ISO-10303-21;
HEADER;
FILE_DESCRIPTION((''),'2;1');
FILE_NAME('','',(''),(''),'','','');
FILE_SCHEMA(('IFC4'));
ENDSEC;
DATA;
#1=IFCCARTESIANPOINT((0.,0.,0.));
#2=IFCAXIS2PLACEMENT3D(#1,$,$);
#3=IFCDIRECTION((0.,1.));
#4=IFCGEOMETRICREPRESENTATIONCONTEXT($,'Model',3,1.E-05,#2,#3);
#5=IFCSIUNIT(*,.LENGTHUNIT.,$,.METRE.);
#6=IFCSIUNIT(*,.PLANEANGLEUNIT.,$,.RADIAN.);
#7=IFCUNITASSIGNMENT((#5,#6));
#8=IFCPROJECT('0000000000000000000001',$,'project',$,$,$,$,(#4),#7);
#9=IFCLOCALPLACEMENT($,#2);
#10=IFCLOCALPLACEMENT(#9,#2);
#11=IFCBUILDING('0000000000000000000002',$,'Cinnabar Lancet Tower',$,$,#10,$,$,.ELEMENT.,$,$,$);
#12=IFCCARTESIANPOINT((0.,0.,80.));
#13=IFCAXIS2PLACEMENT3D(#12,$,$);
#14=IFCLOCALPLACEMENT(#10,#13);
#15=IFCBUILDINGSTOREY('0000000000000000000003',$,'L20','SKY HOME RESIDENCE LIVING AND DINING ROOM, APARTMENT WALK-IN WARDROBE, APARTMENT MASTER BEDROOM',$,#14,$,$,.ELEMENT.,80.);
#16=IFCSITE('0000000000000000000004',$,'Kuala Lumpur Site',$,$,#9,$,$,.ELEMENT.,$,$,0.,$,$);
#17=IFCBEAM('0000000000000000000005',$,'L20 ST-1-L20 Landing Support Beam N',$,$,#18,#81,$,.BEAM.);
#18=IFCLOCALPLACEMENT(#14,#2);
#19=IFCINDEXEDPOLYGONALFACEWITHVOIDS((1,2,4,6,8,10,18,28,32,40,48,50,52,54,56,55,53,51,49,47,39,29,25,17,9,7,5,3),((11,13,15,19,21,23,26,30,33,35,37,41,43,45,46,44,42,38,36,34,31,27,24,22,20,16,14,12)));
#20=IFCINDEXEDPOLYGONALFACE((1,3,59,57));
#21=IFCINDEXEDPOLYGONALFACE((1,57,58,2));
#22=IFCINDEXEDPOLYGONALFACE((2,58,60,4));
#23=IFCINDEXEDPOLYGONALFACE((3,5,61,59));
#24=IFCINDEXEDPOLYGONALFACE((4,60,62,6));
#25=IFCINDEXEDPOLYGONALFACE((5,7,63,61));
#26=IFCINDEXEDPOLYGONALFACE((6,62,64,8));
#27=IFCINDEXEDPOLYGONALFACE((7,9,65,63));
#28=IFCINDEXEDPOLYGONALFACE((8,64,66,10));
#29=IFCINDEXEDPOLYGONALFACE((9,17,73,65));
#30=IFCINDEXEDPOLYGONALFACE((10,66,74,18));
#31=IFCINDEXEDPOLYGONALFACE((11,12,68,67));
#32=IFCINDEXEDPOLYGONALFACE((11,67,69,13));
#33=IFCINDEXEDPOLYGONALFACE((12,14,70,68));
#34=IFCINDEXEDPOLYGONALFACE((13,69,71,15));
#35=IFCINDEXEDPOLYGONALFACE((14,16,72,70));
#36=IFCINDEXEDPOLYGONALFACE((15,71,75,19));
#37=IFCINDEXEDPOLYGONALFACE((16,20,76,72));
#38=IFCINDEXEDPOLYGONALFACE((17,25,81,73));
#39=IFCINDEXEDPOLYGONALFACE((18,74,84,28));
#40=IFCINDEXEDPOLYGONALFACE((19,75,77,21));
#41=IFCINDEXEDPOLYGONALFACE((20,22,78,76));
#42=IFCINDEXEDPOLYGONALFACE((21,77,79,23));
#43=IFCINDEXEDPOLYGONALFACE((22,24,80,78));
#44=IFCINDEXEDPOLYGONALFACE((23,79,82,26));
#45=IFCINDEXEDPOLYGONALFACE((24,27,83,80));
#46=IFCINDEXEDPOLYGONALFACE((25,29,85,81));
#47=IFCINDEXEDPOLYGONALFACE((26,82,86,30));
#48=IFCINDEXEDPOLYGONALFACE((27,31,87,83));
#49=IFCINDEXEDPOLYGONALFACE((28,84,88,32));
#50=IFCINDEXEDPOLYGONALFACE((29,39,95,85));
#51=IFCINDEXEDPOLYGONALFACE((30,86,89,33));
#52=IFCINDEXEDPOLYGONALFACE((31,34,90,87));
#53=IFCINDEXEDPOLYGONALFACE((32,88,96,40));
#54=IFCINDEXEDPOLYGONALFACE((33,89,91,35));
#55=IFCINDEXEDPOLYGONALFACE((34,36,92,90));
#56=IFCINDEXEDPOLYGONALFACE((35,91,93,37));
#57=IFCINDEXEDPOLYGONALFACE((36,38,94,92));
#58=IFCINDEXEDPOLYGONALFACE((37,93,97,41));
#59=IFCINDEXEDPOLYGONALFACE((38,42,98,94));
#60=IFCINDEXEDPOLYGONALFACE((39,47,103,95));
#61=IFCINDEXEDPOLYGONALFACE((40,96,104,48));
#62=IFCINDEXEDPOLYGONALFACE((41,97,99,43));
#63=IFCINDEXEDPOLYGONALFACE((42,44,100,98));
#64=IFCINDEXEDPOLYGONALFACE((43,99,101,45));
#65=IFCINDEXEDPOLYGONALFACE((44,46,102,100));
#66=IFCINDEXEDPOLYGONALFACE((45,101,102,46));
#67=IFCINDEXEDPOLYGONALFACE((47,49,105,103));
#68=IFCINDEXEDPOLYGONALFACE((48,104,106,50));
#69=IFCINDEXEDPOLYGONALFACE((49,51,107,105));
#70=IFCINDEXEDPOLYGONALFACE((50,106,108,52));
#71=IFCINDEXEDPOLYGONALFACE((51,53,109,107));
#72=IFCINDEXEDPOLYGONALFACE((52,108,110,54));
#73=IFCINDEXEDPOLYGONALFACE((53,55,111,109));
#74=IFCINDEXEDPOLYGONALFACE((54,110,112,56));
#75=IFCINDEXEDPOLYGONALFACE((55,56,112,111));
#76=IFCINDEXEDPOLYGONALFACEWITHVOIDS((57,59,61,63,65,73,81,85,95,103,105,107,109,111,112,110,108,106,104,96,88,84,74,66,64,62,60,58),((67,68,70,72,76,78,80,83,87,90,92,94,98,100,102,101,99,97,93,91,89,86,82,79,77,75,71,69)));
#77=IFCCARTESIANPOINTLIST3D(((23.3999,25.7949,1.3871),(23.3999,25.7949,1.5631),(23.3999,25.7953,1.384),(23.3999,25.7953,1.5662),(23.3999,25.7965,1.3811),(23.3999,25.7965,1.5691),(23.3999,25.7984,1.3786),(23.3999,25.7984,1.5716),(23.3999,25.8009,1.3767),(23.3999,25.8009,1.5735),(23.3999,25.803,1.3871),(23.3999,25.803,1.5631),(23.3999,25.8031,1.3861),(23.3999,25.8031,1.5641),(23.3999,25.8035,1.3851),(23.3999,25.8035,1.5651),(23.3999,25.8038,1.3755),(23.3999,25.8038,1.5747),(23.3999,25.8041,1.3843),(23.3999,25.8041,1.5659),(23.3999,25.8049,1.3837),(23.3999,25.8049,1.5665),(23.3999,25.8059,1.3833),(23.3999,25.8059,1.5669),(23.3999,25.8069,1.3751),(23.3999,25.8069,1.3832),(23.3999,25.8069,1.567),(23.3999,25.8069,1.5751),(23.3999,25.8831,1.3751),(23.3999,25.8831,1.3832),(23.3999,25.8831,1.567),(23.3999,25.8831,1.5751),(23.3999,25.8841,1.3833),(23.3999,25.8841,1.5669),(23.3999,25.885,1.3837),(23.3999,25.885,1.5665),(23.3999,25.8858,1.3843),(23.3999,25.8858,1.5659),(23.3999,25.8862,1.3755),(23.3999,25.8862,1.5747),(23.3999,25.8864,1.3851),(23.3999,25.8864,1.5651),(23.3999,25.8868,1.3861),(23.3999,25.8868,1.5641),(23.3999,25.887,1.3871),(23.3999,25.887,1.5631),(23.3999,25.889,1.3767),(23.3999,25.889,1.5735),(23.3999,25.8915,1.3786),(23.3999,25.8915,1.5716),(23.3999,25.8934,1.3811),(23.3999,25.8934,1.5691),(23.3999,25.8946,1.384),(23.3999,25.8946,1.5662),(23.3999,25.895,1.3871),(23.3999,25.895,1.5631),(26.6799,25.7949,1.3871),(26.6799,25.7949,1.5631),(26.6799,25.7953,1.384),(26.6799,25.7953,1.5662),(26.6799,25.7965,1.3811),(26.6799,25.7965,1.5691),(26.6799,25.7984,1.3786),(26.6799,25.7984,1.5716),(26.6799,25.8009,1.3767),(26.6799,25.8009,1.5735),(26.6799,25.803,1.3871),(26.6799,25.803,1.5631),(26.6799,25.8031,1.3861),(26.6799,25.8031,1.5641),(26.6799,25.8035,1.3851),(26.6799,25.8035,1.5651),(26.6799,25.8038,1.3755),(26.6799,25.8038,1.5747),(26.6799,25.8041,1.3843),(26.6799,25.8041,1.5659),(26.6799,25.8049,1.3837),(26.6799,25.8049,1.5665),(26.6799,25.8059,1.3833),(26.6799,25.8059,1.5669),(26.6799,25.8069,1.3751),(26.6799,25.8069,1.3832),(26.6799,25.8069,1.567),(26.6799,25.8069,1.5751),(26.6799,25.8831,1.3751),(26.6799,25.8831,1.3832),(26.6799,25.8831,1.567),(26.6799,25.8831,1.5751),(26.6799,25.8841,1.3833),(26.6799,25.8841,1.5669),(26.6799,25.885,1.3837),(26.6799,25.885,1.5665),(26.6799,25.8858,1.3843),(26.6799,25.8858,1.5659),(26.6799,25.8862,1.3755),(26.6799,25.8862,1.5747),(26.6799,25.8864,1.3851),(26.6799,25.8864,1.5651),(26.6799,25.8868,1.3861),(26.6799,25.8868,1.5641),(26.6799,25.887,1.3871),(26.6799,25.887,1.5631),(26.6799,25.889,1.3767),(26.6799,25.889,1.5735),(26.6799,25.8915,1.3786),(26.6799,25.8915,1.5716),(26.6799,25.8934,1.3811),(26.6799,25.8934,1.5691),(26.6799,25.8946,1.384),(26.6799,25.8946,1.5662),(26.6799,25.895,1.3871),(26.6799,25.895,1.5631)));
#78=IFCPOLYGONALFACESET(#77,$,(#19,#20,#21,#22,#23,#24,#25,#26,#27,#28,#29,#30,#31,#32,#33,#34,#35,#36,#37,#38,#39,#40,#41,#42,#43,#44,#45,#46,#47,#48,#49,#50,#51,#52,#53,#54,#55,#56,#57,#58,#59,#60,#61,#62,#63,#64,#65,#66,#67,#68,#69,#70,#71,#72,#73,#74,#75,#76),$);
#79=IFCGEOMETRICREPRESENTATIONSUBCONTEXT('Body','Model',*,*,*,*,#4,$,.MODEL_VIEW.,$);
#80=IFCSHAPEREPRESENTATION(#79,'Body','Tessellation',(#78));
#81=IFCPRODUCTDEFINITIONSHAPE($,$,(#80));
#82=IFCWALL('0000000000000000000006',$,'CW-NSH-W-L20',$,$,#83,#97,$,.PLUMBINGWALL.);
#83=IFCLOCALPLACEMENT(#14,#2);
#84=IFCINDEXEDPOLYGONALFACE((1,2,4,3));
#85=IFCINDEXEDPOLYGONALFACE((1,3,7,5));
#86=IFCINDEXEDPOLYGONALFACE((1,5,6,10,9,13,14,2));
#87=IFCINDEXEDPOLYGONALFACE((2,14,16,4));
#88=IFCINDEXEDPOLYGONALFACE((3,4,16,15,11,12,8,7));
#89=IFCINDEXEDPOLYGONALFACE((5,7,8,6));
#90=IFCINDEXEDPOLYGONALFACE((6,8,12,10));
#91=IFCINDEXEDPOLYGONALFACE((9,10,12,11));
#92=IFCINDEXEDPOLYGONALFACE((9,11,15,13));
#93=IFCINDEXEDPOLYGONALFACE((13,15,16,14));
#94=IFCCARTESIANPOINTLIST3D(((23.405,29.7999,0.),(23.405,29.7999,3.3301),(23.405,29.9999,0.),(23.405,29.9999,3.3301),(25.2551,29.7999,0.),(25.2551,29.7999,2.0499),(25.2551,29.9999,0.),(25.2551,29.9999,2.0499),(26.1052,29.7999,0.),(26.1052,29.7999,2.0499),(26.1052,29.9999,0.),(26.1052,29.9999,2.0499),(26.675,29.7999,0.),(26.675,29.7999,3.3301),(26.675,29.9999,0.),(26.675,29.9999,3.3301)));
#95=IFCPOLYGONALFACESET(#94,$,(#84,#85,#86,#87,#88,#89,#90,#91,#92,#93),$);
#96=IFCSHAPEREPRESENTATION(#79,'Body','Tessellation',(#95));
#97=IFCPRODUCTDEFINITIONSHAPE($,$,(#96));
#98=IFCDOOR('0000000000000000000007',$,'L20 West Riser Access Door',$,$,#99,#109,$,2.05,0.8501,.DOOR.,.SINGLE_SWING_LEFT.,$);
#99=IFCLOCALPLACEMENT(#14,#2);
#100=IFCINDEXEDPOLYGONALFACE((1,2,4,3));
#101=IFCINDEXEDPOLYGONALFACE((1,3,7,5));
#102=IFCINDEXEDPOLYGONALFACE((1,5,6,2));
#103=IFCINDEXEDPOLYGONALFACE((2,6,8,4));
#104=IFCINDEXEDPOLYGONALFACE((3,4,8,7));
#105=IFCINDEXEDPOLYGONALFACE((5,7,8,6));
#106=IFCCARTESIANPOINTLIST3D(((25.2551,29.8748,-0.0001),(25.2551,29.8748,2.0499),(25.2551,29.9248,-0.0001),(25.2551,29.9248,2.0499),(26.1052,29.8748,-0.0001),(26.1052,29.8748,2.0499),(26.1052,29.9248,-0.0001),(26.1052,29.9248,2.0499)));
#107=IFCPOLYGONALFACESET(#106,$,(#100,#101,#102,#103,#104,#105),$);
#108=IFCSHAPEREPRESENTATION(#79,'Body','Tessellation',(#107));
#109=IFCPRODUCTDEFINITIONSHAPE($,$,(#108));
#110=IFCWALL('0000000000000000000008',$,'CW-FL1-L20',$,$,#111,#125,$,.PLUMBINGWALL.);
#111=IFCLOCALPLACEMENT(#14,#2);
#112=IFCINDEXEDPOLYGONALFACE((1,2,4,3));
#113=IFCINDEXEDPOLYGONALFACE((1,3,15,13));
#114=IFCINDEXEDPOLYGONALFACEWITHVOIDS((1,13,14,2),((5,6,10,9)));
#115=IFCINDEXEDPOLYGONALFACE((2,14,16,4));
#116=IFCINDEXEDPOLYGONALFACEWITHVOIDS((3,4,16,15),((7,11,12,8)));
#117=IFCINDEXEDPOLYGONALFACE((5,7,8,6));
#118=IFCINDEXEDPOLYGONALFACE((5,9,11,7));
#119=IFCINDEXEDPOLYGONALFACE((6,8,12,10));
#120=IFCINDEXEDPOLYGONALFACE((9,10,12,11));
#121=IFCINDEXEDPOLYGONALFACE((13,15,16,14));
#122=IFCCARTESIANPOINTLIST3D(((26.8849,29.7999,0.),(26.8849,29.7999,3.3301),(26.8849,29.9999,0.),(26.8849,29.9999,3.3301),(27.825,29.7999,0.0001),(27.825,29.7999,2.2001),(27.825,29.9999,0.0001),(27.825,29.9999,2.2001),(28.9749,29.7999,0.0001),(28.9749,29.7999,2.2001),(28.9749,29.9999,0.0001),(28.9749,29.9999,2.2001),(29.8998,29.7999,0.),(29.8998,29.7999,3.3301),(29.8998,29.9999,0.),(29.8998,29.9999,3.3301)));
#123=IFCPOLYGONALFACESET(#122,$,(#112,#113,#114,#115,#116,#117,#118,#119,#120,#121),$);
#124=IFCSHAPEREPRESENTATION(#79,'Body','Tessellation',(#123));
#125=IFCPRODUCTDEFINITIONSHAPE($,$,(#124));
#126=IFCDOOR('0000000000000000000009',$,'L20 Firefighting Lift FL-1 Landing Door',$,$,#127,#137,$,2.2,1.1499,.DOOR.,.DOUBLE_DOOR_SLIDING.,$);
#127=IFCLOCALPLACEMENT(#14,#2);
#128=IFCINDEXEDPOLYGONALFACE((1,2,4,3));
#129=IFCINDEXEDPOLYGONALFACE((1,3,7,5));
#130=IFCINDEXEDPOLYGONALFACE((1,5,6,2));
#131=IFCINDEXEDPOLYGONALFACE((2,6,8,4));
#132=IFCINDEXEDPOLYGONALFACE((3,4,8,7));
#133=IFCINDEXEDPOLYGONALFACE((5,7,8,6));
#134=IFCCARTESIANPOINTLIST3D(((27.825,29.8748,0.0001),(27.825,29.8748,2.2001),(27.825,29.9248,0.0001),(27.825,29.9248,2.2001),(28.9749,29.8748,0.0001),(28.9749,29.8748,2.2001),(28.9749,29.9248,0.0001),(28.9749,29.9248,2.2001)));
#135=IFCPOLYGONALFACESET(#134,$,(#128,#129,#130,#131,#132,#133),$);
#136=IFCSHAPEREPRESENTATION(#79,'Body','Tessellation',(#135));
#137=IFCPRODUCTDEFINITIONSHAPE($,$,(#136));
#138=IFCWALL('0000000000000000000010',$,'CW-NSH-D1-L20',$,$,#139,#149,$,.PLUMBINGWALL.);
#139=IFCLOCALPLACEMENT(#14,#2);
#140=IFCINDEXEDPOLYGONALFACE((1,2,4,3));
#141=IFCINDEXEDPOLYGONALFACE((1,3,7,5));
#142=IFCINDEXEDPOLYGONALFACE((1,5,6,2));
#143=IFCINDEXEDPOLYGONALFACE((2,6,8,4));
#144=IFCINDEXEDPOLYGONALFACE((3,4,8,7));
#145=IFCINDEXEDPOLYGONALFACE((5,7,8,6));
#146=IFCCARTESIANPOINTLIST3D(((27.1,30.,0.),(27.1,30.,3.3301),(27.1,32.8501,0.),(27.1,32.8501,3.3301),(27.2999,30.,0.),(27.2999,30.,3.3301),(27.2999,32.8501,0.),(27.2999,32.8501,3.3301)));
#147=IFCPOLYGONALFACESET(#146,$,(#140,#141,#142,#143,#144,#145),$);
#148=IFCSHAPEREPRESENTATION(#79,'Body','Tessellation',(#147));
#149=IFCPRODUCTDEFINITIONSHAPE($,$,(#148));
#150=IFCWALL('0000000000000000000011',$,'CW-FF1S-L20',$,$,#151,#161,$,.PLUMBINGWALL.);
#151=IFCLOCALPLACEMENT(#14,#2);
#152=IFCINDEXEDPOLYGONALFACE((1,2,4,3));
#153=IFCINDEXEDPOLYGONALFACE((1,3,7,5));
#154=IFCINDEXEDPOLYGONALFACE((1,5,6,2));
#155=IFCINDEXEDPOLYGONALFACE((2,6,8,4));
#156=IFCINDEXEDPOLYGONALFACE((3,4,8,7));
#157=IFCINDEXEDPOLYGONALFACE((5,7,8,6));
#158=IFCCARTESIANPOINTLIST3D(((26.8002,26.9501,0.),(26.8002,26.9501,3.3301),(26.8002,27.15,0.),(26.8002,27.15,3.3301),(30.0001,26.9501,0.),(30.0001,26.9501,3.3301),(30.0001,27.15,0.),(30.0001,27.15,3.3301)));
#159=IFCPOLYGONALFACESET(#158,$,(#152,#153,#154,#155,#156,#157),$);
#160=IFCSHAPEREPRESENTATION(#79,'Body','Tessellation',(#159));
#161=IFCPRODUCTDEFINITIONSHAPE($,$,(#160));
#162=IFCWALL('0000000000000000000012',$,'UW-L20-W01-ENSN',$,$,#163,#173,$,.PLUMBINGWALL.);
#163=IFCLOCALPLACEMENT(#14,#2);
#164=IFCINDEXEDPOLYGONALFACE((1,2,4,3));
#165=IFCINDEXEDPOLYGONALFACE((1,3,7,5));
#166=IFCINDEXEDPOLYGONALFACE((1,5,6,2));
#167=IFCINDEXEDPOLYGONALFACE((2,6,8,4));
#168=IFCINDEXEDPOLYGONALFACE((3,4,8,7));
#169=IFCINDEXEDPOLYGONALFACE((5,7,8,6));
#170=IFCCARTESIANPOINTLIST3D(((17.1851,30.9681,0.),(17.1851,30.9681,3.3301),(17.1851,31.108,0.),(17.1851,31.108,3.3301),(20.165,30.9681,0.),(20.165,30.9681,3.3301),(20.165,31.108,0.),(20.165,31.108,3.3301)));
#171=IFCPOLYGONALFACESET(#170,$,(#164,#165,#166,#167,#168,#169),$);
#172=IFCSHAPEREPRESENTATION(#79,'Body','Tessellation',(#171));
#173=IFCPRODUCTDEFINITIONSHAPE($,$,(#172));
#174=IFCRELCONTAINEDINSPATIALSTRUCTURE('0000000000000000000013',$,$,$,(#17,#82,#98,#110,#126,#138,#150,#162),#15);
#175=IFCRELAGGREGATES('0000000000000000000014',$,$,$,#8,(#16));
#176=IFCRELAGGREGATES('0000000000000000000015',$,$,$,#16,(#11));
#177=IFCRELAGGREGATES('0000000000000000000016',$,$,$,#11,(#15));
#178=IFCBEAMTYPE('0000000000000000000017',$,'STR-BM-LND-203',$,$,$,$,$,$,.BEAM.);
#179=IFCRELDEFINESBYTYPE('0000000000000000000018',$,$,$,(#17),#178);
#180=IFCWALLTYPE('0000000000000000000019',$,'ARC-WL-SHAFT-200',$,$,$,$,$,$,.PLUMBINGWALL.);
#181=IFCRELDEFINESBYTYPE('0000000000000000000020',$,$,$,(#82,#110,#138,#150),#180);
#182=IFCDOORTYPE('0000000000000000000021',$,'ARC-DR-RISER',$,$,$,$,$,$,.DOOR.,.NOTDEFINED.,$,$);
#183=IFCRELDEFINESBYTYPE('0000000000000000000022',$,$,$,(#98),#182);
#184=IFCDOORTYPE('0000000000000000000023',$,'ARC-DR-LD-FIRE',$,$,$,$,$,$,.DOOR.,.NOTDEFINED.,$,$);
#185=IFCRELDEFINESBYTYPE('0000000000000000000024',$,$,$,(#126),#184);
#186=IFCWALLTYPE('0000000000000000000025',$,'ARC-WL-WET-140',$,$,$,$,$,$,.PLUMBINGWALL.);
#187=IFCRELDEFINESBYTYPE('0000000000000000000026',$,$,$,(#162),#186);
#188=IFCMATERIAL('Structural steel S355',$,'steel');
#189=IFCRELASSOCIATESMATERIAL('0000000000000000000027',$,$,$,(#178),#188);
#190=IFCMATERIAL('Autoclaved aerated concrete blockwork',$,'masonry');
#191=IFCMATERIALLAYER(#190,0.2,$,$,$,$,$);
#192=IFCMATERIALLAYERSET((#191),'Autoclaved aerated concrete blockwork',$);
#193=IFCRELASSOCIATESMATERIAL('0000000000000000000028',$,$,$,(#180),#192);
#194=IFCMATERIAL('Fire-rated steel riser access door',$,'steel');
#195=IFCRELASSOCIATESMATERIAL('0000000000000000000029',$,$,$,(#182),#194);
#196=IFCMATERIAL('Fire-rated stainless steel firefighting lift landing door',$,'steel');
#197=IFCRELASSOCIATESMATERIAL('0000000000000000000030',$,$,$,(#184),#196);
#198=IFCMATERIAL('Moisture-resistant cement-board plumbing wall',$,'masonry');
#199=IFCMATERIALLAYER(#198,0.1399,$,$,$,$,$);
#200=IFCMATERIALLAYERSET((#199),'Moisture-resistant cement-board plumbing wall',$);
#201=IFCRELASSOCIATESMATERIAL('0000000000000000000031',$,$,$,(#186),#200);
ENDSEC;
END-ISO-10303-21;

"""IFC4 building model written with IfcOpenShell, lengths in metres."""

from ifc_helpers import new_model, si_unit, direction, frame, frame_2d, origin, origin_2d, place, context, subcontext, project, spatial, rectangle, hollow_rectangle, extrude, material, layer, layer_set, material_profile, profile_set, type_object, element, fill, save


model = new_model("IFC4")

# Units and contexts
model_context = context("Model", 3, precision=1e-05, world=origin(), true_north=direction((0.0, 1.0)))
body_context = subcontext(model_context, "Body", "Model", "MODEL_VIEW")
ifc_project = project(units=[si_unit("LENGTHUNIT", "METRE"), si_unit("PLANEANGLEUNIT", "RADIAN")], contexts=[model_context])

# Site, building, storey
site_placement = place(None, origin())
site = spatial("IfcSite", under=ifc_project, at=site_placement, Name="Kuala Lumpur Site", CompositionType="ELEMENT", RefElevation=0.0)
building_placement = place(site_placement, origin())
building = spatial("IfcBuilding", under=site, at=building_placement, Name="Cinnabar Lancet Tower", CompositionType="ELEMENT")
storey_placement = place(building_placement, frame((0.0, 0.0, 80.0)))
storey = spatial("IfcBuildingStorey", under=building, at=storey_placement, Name="L20", Description="SKY HOME RESIDENCE LIVING AND DINING ROOM, APARTMENT WALK-IN WARDROBE, APARTMENT MASTER BEDROOM", CompositionType="ELEMENT", Elevation=80.0)

# Beam
ifc_material_1 = material(Name="Structural steel S355", Category="steel")
ifc_material_profile_1 = material_profile(ifc_material_1, hollow_rectangle(XDim=0.1001, YDim=0.2, WallThickness=0.0081, InnerFilletRadius=0.0039, OuterFilletRadius=0.012, at=origin_2d()), Name="RHS 200x100x8")
ifc_profile_set_1 = profile_set([ifc_material_profile_1], Name="Structural steel S355")
beam_type_1 = type_object("IfcBeamType", Name="STR-BM-LND-203", PredefinedType="BEAM", material=ifc_profile_set_1)
beam_1_placement = place(storey_placement, frame((23.3999, 25.845, 1.4751), z_axis=(1.0, 0.0, 0.0), x_axis=(0.0, 1.0, 0.0)))
element("IfcBeam", 1, at=beam_1_placement, inside=storey, type_object=beam_type_1, Name="L20 ST-1-L20 Landing Support Beam N", PredefinedType="BEAM", context=body_context, shape_type="SweptSolid", body=[
    extrude(hollow_rectangle(XDim=0.1001, YDim=0.2, WallThickness=0.0081, InnerFilletRadius=0.0039, OuterFilletRadius=0.012, at=origin_2d()), origin(), (0.0, 0.0, 1.0), 3.28),
])

# Walls, openings, doors
ifc_material_2 = material(Name="Autoclaved aerated concrete blockwork", Category="masonry")
ifc_layer_1 = layer(ifc_material_2, 0.2)
ifc_layer_set_1 = layer_set([ifc_layer_1], Name="Autoclaved aerated concrete blockwork")
wall_type_1 = type_object("IfcWallType", Name="ARC-WL-SHAFT-200", PredefinedType="PLUMBINGWALL", material=ifc_layer_set_1)
wall_1_placement = place(storey_placement, frame((23.405, 29.8999, 0.0), z_axis=(0.0, 0.0, 1.0), x_axis=(1.0, 0.0, 0.0)))
wall_1 = element("IfcWall", 2, at=wall_1_placement, inside=storey, type_object=wall_type_1, Name="CW-NSH-W-L20", PredefinedType="PLUMBINGWALL", context=body_context, shape_type="SweptSolid", body=[
    extrude(rectangle(XDim=3.27, YDim=0.2, at=frame_2d((1.635, 0.0))), origin(), (0.0, 0.0, 1.0), 3.3301),
])
opening_1_placement = place(wall_1_placement, frame((1.8501, 0.0, 0.0)))
opening_1 = element("IfcOpeningElement", 3, at=opening_1_placement, cuts=wall_1, PredefinedType="OPENING", context=body_context, shape_type="SweptSolid", body=[
    extrude(rectangle(XDim=0.8501, YDim=2.05, at=frame_2d((0.425, 1.0249))), frame((0.0, 0.1099, 0.0), z_axis=(0.0, -1.0, 0.0), x_axis=(1.0, 0.0, 0.0)), (0.0, 0.0, 1.0), 0.22),
])
ifc_material_3 = material(Name="Fire-rated steel riser access door", Category="steel")
door_type_1 = type_object("IfcDoorType", Name="ARC-DR-RISER", OperationType="NOTDEFINED", PredefinedType="DOOR", material=ifc_material_3)
door_1_placement = place(opening_1_placement, origin())
door_1 = element("IfcDoor", 4, at=door_1_placement, inside=storey, type_object=door_type_1, Name="L20 West Riser Access Door", OperationType="SINGLE_SWING_LEFT", OverallHeight=2.05, OverallWidth=0.8501, PredefinedType="DOOR", context=body_context, shape_type="SweptSolid", body=[
    extrude(rectangle(XDim=0.8501, YDim=2.05, at=frame_2d((0.425, 1.0249))), frame((0.0, 0.0249, 0.0), z_axis=(0.0, -1.0, 0.0), x_axis=(1.0, 0.0, 0.0)), (0.0, 0.0, 1.0), 0.05),
])
fill(opening_1, door_1)
wall_2_placement = place(storey_placement, frame((26.885, 29.8999, 0.0), z_axis=(0.0, 0.0, 1.0), x_axis=(1.0, 0.0, 0.0)))
wall_2 = element("IfcWall", 5, at=wall_2_placement, inside=storey, type_object=wall_type_1, Name="CW-FL1-L20", PredefinedType="PLUMBINGWALL", context=body_context, shape_type="SweptSolid", body=[
    extrude(rectangle(XDim=3.0149, YDim=0.2, at=frame_2d((1.5073, 0.0))), origin(), (0.0, 0.0, 1.0), 3.3301),
])
opening_2_placement = place(wall_2_placement, frame((0.9399, 0.0, 0.0)))
opening_2 = element("IfcOpeningElement", 6, at=opening_2_placement, cuts=wall_2, PredefinedType="OPENING", context=body_context, shape_type="SweptSolid", body=[
    extrude(rectangle(XDim=1.1499, YDim=2.2, at=frame_2d((0.575, 1.1001))), frame((0.0, 0.1099, 0.0), z_axis=(0.0, -1.0, 0.0), x_axis=(1.0, 0.0, 0.0)), (0.0, 0.0, 1.0), 0.22),
])
ifc_material_4 = material(Name="Fire-rated stainless steel firefighting lift landing door", Category="steel")
door_type_2 = type_object("IfcDoorType", Name="ARC-DR-LD-FIRE", OperationType="NOTDEFINED", PredefinedType="DOOR", material=ifc_material_4)
door_2_placement = place(opening_2_placement, origin())
door_2 = element("IfcDoor", 7, at=door_2_placement, inside=storey, type_object=door_type_2, Name="L20 Firefighting Lift FL-1 Landing Door", OperationType="DOUBLE_DOOR_SLIDING", OverallHeight=2.2, OverallWidth=1.1499, PredefinedType="DOOR", context=body_context, shape_type="SweptSolid", body=[
    extrude(rectangle(XDim=1.1499, YDim=2.2, at=frame_2d((0.575, 1.1001))), frame((0.0, 0.0249, 0.0), z_axis=(0.0, -1.0, 0.0), x_axis=(1.0, 0.0, 0.0)), (0.0, 0.0, 1.0), 0.05),
])
fill(opening_2, door_2)

# Walls
wall_3_placement = place(storey_placement, frame((27.2, 30.0, 0.0), z_axis=(0.0, 0.0, 1.0), x_axis=(0.0, 1.0, 0.0)))
element("IfcWall", 8, at=wall_3_placement, inside=storey, type_object=wall_type_1, Name="CW-NSH-D1-L20", PredefinedType="PLUMBINGWALL", context=body_context, shape_type="SweptSolid", body=[
    extrude(rectangle(XDim=2.8501, YDim=0.2, at=frame_2d((1.425, 0.0))), origin(), (0.0, 0.0, 1.0), 3.3301),
])
wall_4_placement = place(storey_placement, frame((26.8, 27.05, 0.0), z_axis=(0.0, 0.0, 1.0), x_axis=(1.0, 0.0, 0.0)))
element("IfcWall", 9, at=wall_4_placement, inside=storey, type_object=wall_type_1, Name="CW-FF1S-L20", PredefinedType="PLUMBINGWALL", context=body_context, shape_type="SweptSolid", body=[
    extrude(rectangle(XDim=3.2, YDim=0.2, at=frame_2d((1.6001, 0.0))), origin(), (0.0, 0.0, 1.0), 3.3301),
])
ifc_material_5 = material(Name="Moisture-resistant cement-board plumbing wall", Category="masonry")
ifc_layer_2 = layer(ifc_material_5, 0.1399)
ifc_layer_set_2 = layer_set([ifc_layer_2], Name="Moisture-resistant cement-board plumbing wall")
wall_type_2 = type_object("IfcWallType", Name="ARC-WL-WET-140", PredefinedType="PLUMBINGWALL", material=ifc_layer_set_2)
wall_5_placement = place(storey_placement, frame((17.1851, 31.0381, 0.0), z_axis=(0.0, 0.0, 1.0), x_axis=(1.0, 0.0, 0.0)))
element("IfcWall", 10, at=wall_5_placement, inside=storey, type_object=wall_type_2, Name="UW-L20-W01-ENSN", PredefinedType="PLUMBINGWALL", context=body_context, shape_type="SweptSolid", body=[
    extrude(rectangle(XDim=2.98, YDim=0.1399, at=frame_2d((1.49, 0.0))), origin(), (0.0, 0.0, 1.0), 3.3301),
])

save(model, "model.ifc")
